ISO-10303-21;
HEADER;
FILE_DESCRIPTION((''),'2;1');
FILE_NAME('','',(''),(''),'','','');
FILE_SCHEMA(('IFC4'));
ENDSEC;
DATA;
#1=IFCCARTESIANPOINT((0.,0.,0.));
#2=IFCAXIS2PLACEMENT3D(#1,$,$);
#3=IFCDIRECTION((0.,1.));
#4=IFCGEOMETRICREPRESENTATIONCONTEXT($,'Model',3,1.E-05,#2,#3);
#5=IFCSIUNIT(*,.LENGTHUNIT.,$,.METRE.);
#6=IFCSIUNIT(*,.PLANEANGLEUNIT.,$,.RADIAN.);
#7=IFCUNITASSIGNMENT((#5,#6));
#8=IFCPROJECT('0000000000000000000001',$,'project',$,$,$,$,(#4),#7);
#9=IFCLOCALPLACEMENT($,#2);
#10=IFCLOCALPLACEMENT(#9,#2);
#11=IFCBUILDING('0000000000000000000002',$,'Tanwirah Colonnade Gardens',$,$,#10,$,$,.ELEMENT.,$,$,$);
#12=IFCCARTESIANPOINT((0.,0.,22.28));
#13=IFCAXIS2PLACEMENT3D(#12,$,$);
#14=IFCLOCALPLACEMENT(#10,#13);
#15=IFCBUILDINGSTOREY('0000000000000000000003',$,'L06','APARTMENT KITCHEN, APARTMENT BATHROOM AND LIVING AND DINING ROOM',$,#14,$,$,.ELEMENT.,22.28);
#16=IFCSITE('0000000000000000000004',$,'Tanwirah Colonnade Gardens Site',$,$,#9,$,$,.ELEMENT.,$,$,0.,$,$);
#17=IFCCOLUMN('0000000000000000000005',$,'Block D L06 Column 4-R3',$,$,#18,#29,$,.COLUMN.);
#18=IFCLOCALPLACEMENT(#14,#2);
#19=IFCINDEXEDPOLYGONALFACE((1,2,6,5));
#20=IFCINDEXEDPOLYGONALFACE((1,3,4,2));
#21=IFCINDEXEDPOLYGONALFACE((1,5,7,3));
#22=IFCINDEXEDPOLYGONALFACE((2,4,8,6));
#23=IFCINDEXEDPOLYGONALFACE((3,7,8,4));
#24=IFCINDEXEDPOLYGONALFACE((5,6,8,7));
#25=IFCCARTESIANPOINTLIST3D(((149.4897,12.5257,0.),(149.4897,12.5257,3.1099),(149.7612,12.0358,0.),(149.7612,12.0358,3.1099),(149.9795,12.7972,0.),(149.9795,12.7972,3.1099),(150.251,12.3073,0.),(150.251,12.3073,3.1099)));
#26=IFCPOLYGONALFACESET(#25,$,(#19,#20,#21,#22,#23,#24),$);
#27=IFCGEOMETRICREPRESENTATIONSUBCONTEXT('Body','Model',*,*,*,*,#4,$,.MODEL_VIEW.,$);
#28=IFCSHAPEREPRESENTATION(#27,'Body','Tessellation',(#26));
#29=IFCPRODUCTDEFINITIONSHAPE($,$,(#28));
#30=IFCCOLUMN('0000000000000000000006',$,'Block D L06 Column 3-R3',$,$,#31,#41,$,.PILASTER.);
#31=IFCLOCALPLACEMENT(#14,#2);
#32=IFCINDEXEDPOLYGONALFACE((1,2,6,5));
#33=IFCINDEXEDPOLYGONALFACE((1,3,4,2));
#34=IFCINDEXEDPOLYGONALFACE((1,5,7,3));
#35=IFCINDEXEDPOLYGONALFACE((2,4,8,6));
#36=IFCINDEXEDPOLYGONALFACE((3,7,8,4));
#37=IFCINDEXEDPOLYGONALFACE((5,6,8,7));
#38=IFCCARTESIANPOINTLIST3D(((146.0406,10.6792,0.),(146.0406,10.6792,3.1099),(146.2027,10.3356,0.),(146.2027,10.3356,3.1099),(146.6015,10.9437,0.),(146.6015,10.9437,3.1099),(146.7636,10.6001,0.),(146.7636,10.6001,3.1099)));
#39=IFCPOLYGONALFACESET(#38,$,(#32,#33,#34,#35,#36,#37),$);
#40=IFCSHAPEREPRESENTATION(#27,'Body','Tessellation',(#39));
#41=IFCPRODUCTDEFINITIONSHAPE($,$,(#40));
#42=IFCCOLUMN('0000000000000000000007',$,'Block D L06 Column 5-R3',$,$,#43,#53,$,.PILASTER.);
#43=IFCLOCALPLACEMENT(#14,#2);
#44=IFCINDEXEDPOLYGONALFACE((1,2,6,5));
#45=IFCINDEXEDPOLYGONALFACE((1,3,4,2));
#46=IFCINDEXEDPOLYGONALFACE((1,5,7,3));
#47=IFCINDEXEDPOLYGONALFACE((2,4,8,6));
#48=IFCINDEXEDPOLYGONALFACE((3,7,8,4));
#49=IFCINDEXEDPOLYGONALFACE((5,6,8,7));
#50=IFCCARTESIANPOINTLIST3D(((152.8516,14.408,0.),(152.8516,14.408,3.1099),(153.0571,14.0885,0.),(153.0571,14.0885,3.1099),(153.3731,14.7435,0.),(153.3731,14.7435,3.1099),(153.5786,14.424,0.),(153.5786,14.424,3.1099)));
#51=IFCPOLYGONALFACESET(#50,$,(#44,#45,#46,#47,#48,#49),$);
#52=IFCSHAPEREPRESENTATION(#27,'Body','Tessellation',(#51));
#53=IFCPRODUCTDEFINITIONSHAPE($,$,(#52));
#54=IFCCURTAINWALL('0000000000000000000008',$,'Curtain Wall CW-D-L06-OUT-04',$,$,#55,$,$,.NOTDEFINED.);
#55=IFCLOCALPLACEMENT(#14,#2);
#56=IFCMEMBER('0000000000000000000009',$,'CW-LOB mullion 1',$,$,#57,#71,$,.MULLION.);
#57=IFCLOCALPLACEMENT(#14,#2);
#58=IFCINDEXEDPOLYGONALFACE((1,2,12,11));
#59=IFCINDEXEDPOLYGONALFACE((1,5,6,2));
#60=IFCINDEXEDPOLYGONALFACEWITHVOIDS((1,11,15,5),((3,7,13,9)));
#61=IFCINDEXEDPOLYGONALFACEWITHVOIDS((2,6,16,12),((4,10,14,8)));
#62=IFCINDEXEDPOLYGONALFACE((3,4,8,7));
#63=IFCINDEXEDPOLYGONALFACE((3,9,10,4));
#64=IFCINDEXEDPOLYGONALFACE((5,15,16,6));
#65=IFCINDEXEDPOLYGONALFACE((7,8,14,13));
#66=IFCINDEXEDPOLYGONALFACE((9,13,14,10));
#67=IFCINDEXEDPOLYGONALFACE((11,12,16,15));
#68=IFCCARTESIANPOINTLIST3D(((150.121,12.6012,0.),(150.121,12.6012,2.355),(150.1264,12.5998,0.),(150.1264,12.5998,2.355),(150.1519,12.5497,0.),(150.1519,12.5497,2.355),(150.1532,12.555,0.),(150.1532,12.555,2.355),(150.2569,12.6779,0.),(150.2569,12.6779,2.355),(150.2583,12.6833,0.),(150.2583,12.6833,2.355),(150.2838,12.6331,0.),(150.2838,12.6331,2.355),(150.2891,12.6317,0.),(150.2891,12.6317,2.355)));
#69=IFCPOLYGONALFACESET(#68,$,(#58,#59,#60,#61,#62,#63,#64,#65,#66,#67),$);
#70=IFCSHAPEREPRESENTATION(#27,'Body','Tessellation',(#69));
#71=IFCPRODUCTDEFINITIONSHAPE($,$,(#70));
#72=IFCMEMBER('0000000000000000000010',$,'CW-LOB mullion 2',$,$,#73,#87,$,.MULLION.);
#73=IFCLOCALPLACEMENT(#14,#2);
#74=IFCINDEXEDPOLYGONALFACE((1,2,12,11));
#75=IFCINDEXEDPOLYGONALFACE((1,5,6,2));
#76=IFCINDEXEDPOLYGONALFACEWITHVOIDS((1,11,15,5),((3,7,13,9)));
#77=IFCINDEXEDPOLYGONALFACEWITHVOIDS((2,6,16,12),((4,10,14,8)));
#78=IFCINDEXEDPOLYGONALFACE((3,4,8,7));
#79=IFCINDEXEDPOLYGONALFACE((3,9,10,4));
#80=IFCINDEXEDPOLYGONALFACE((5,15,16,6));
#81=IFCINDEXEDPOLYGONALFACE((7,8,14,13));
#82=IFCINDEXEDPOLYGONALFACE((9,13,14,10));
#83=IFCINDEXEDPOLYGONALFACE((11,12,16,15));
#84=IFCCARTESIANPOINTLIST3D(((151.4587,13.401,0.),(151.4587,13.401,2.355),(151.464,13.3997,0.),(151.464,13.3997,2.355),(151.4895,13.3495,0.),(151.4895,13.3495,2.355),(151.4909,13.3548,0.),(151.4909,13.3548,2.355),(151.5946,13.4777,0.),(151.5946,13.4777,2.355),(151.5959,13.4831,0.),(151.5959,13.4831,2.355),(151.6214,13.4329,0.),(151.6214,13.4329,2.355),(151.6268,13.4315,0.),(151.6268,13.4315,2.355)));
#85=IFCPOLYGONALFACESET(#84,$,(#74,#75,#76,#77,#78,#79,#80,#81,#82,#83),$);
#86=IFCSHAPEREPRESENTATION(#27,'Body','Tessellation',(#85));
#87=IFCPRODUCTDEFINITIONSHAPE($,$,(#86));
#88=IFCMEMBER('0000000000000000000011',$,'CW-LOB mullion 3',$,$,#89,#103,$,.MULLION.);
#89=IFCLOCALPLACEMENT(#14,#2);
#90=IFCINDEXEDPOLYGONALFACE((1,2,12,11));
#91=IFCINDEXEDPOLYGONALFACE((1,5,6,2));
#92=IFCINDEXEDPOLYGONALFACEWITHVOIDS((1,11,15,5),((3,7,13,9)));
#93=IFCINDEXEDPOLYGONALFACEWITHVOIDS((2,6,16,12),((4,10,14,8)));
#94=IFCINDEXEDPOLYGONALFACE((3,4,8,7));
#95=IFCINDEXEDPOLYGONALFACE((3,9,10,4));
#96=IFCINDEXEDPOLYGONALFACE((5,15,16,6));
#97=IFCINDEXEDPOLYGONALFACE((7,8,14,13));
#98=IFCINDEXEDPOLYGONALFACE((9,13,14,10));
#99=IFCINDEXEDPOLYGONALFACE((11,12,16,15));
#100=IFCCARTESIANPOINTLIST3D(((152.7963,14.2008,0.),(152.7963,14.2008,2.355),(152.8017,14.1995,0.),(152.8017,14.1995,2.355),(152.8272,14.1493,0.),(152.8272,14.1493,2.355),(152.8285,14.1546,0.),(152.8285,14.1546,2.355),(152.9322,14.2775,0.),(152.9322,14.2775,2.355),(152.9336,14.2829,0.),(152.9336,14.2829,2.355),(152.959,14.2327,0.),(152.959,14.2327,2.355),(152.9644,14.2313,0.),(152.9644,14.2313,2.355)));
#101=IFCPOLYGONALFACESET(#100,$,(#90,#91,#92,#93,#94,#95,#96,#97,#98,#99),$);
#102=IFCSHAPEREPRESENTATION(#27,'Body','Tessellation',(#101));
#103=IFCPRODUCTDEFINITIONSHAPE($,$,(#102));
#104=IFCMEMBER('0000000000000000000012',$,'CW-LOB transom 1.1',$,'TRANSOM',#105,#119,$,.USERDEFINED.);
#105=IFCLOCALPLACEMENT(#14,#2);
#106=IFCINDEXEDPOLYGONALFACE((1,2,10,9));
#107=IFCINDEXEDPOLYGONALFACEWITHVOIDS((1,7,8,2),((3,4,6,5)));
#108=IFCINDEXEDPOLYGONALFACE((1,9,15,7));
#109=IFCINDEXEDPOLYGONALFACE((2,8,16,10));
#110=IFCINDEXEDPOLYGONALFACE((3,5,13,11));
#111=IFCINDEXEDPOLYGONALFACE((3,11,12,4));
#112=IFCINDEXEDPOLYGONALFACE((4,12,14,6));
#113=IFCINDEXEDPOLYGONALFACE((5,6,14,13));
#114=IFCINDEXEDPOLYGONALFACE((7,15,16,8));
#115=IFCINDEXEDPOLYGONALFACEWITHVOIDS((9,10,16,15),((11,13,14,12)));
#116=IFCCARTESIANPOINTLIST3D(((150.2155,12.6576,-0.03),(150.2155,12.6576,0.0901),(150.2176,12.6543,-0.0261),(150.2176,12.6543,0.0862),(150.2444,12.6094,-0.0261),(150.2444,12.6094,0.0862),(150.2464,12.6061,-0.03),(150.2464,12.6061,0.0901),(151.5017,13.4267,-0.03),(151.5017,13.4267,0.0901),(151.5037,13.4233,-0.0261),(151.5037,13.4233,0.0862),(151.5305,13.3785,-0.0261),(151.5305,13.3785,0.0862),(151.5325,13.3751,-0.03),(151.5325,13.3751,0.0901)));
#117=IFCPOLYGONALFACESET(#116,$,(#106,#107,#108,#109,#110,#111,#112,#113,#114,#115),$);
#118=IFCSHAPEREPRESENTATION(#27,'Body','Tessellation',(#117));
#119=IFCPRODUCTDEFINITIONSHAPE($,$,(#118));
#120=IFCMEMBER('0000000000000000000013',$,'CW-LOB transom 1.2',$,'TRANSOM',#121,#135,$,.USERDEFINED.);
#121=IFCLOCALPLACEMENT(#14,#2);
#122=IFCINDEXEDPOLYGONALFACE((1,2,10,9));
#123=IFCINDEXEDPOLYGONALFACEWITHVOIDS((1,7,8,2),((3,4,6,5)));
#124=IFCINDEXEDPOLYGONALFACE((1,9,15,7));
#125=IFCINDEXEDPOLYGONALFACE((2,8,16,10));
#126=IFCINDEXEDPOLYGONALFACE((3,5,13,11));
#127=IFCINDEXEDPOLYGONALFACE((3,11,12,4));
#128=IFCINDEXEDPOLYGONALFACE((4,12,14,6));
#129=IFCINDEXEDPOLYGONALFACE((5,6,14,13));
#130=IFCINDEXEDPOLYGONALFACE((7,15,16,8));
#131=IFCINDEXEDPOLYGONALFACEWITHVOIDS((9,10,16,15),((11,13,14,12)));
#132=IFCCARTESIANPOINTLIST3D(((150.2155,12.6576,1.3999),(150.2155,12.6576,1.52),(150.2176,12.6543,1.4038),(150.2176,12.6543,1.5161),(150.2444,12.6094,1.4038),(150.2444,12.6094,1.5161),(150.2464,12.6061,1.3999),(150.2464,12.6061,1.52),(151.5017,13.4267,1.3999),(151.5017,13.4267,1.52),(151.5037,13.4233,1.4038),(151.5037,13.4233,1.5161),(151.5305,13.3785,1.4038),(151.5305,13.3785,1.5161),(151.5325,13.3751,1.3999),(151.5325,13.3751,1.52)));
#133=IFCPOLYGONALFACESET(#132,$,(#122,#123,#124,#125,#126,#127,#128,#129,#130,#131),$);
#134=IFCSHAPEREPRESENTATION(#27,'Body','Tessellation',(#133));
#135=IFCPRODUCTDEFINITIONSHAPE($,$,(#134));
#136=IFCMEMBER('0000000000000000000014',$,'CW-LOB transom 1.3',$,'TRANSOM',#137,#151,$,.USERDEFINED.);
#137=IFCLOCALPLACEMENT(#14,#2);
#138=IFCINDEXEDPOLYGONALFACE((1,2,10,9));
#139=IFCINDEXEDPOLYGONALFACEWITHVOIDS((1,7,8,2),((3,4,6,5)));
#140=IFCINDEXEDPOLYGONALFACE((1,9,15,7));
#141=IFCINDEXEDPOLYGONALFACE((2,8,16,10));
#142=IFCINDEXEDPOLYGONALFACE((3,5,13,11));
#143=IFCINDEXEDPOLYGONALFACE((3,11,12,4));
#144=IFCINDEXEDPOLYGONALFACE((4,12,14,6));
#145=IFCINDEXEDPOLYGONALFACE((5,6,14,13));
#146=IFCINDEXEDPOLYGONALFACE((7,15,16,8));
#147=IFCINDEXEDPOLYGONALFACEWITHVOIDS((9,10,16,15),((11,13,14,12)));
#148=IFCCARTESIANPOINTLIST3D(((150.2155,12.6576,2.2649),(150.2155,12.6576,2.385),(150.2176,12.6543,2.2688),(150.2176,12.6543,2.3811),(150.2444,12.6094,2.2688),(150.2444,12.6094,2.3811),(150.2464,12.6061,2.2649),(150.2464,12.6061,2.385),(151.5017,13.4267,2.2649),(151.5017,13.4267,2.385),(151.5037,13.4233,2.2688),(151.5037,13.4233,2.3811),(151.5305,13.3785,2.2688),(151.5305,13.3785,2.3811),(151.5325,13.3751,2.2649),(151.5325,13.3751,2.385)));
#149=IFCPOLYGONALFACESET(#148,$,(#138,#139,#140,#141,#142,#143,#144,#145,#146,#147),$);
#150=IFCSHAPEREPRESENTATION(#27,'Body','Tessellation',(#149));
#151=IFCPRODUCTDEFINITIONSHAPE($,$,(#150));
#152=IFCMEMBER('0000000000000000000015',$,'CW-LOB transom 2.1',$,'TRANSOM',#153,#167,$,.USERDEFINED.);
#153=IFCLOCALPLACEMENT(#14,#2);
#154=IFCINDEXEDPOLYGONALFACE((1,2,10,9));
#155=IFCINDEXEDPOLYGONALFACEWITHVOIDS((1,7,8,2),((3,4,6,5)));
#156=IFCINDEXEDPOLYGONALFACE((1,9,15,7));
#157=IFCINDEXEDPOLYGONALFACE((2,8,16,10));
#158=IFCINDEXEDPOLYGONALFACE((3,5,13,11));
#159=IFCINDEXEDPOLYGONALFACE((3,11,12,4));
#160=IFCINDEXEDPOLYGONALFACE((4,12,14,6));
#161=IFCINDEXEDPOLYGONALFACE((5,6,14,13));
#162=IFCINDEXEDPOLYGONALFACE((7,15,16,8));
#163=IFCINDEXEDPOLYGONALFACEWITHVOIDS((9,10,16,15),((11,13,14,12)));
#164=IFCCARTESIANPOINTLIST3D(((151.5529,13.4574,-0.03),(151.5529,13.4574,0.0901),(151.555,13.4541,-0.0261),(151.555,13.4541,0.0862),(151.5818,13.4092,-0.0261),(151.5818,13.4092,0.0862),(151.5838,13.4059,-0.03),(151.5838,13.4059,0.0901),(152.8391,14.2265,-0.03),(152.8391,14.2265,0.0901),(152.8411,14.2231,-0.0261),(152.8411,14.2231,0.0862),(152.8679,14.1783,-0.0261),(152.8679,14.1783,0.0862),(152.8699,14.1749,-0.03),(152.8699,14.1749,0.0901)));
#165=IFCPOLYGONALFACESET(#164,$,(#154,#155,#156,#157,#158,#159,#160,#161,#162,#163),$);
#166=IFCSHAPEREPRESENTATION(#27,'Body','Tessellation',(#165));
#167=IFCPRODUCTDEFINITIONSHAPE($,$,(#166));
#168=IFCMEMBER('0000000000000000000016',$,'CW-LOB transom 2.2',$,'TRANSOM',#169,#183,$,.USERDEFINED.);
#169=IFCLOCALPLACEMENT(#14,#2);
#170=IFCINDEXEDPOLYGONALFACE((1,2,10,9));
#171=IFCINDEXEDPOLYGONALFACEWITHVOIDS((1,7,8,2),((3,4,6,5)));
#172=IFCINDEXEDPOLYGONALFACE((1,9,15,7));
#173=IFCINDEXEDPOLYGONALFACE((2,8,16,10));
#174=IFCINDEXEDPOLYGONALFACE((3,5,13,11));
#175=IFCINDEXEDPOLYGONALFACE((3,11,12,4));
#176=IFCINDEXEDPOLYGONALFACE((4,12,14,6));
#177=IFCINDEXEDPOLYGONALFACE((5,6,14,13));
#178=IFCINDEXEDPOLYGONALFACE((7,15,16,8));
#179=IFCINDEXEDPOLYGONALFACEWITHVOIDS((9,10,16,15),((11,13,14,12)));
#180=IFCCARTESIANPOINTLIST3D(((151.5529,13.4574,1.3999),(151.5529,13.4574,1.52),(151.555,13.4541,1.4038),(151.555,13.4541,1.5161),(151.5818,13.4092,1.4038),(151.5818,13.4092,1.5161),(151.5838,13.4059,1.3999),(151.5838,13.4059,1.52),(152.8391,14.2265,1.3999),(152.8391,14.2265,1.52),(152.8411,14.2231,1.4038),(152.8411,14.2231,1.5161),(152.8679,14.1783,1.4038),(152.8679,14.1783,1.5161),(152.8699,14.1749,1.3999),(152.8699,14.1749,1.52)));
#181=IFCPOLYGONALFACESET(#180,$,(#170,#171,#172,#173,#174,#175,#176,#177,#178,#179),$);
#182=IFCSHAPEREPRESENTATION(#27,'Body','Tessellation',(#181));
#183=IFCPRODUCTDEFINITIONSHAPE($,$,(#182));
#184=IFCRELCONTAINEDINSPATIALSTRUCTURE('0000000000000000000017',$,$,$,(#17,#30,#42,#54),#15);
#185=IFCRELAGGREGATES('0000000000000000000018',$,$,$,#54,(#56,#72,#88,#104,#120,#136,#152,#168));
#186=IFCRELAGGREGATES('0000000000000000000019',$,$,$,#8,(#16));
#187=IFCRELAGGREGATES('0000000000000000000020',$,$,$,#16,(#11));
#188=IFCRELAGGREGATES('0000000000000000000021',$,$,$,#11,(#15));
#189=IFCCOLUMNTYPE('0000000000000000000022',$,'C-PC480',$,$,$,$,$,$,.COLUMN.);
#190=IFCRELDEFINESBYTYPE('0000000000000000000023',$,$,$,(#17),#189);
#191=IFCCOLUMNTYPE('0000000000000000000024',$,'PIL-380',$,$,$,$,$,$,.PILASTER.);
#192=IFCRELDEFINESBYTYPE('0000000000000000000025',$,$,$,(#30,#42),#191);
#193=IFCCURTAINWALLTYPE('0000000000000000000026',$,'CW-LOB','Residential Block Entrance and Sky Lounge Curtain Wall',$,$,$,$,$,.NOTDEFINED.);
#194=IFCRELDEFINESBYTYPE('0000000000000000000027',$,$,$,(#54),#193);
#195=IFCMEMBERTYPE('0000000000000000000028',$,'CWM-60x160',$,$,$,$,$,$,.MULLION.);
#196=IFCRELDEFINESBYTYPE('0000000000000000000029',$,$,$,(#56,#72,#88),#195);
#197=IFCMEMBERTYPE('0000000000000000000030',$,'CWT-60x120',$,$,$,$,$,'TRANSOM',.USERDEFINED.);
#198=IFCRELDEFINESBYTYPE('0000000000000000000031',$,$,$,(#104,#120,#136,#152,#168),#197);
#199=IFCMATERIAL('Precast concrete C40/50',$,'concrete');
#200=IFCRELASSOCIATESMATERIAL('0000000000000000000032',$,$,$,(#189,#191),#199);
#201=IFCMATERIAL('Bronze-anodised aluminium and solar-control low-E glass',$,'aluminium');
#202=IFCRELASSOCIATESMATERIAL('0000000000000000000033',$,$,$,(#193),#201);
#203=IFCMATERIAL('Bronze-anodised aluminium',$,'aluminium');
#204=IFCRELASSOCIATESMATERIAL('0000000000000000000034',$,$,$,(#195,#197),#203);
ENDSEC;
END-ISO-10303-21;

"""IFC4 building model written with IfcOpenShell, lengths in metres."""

from ifc_helpers import new_model, si_unit, direction, frame, origin, origin_2d, place, context, subcontext, project, spatial, rectangle, hollow_rectangle, extrude, material, material_profile, profile_set, type_object, element, aggregate, save


model = new_model("IFC4")

# Units and contexts
model_context = context("Model", 3, precision=1e-05, world=origin(), true_north=direction((0.0, 1.0)))
body_context = subcontext(model_context, "Body", "Model", "MODEL_VIEW")
ifc_project = project(units=[si_unit("LENGTHUNIT", "METRE"), si_unit("PLANEANGLEUNIT", "RADIAN")], contexts=[model_context])

# Site, building, storey
site_placement = place(None, origin())
site = spatial("IfcSite", under=ifc_project, at=site_placement, Name="Tanwirah Colonnade Gardens Site", CompositionType="ELEMENT", RefElevation=0.0)
building_placement = place(site_placement, origin())
building = spatial("IfcBuilding", under=site, at=building_placement, Name="Tanwirah Colonnade Gardens", CompositionType="ELEMENT")
storey_placement = place(building_placement, frame((0.0, 0.0, 22.28)))
storey = spatial("IfcBuildingStorey", under=building, at=storey_placement, Name="L06", Description="APARTMENT KITCHEN, APARTMENT BATHROOM AND LIVING AND DINING ROOM", CompositionType="ELEMENT", Elevation=22.28)

# Columns
ifc_material_1 = material(Name="Precast concrete C40/50", Category="concrete")
ifc_material_profile_1 = material_profile(ifc_material_1, rectangle(XDim=0.5601, YDim=0.5601, at=origin_2d()), Name="PC-COL 560x560")
ifc_profile_set_1 = profile_set([ifc_material_profile_1], Name="Precast concrete C40/50")
column_type_1 = type_object("IfcColumnType", Name="C-PC480", PredefinedType="COLUMN", material=ifc_profile_set_1)
column_placement = place(storey_placement, frame((149.8704, 12.4165, 0.0), z_axis=(0.0, 0.0, 1.0), x_axis=(0.48481, -0.87462, 0.0)))
element("IfcColumn", 1, at=column_placement, inside=storey, type_object=column_type_1, Name="Block D L06 Column 4-R3", PredefinedType="COLUMN", context=body_context, shape_type="SweptSolid", body=[
    extrude(rectangle(XDim=0.5601, YDim=0.5601, at=origin_2d()), origin(), (0.0, 0.0, 1.0), 3.1099),
])
ifc_material_profile_2 = material_profile(ifc_material_1, rectangle(XDim=0.3799, YDim=0.6201, at=origin_2d()), Name="PC-PIL 380x620")
ifc_profile_set_2 = profile_set([ifc_material_profile_2], Name="Precast concrete C40/50")
column_type_2 = type_object("IfcColumnType", Name="PIL-380", PredefinedType="PILASTER", material=ifc_profile_set_2)
for number, where, z_axis, x_axis, name in (
    (2, (146.4021, 10.6396, 0.0), (0.0, 0.0, 1.0), (0.426569, -0.904455, 0.0), "Block D L06 Column 3-R3"),
    (3, (153.2151, 14.416, 0.0), (0.0, 0.0, 1.0), (0.540974, -0.841039, 0.0), "Block D L06 Column 5-R3"),
):
    element("IfcColumn", number, at=place(storey_placement, frame(where, z_axis=z_axis, x_axis=x_axis)), inside=storey, type_object=column_type_2, Name=name, PredefinedType="PILASTER", context=body_context, shape_type="SweptSolid", body=[
        extrude(rectangle(XDim=0.3799, YDim=0.6201, at=origin_2d()), origin(), (0.0, 0.0, 1.0), 3.1099),
    ])

# Curtain wall, members
ifc_material_2 = material(Name="Bronze-anodised aluminium and solar-control low-E glass", Category="aluminium")
curtain_wall_type = type_object("IfcCurtainWallType", Name="CW-LOB", Description="Residential Block Entrance and Sky Lounge Curtain Wall", PredefinedType="NOTDEFINED", material=ifc_material_2)
curtain_wall_placement = place(storey_placement, origin())
curtain_wall = element("IfcCurtainWall", 4, at=curtain_wall_placement, inside=storey, type_object=curtain_wall_type, Name="Curtain Wall CW-D-L06-OUT-04", PredefinedType="NOTDEFINED")
ifc_material_3 = material(Name="Bronze-anodised aluminium", Category="aluminium")
ifc_material_profile_3 = material_profile(ifc_material_3, hollow_rectangle(XDim=0.0601, YDim=0.1599, WallThickness=0.0039, at=origin_2d()), Name="CW-MUL 60x160x4")
ifc_profile_set_3 = profile_set([ifc_material_profile_3], Name="Bronze-anodised aluminium")
member_type_1 = type_object("IfcMemberType", Name="CWM-60x160", PredefinedType="MULLION", material=ifc_profile_set_3)
member_1_placement = place(storey_placement, frame((150.2051, 12.6165, 0.0), z_axis=(0.0, 0.0, 1.0), x_axis=(-0.513167, 0.858289, 0.0)))
member_1 = element("IfcMember", 5, at=member_1_placement, type_object=member_type_1, Name="CW-LOB mullion 1", PredefinedType="MULLION", context=body_context, shape_type="SweptSolid", body=[
    extrude(hollow_rectangle(XDim=0.0601, YDim=0.1599, WallThickness=0.0039, at=origin_2d()), origin(), (0.0, 0.0, 1.0), 2.355),
])
member_2_placement = place(storey_placement, frame((151.5427, 13.4163, 0.0), z_axis=(0.0, 0.0, 1.0), x_axis=(-0.513167, 0.858289, 0.0)))
member_2 = element("IfcMember", 6, at=member_2_placement, type_object=member_type_1, Name="CW-LOB mullion 2", PredefinedType="MULLION", context=body_context, shape_type="SweptSolid", body=[
    extrude(hollow_rectangle(XDim=0.0601, YDim=0.1599, WallThickness=0.0039, at=origin_2d()), origin(), (0.0, 0.0, 1.0), 2.355),
])
member_3_placement = place(storey_placement, frame((152.8804, 14.2161, 0.0), z_axis=(0.0, 0.0, 1.0), x_axis=(-0.513167, 0.858289, 0.0)))
member_3 = element("IfcMember", 7, at=member_3_placement, type_object=member_type_1, Name="CW-LOB mullion 3", PredefinedType="MULLION", context=body_context, shape_type="SweptSolid", body=[
    extrude(hollow_rectangle(XDim=0.0601, YDim=0.1599, WallThickness=0.0039, at=origin_2d()), origin(), (0.0, 0.0, 1.0), 2.355),
])
ifc_material_profile_4 = material_profile(ifc_material_3, hollow_rectangle(XDim=0.0601, YDim=0.1201, WallThickness=0.0039, at=origin_2d()), Name="CW-TRN 60x120x4")
ifc_profile_set_4 = profile_set([ifc_material_profile_4], Name="Bronze-anodised aluminium")
member_type_2 = type_object("IfcMemberType", Name="CWT-60x120", ElementType="TRANSOM", PredefinedType="USERDEFINED", material=ifc_profile_set_4)
member_4_placement = place(storey_placement, frame((150.231, 12.6318, 0.03), z_axis=(0.858268, 0.513201, 0.0), x_axis=(-0.513201, 0.858268, 0.0)))
member_4 = element("IfcMember", 8, at=member_4_placement, type_object=member_type_2, Name="CW-LOB transom 1.1", ObjectType="TRANSOM", PredefinedType="USERDEFINED", context=body_context, shape_type="SweptSolid", body=[
    extrude(hollow_rectangle(XDim=0.0601, YDim=0.1201, WallThickness=0.0039, at=origin_2d()), origin(), (0.0, 0.0, 1.0), 1.4985),
])
member_5_placement = place(storey_placement, frame((150.231, 12.6318, 1.46), z_axis=(0.858268, 0.513201, 0.0), x_axis=(-0.513201, 0.858268, 0.0)))
member_5 = element("IfcMember", 9, at=member_5_placement, type_object=member_type_2, Name="CW-LOB transom 1.2", ObjectType="TRANSOM", PredefinedType="USERDEFINED", context=body_context, shape_type="SweptSolid", body=[
    extrude(hollow_rectangle(XDim=0.0601, YDim=0.1201, WallThickness=0.0039, at=origin_2d()), origin(), (0.0, 0.0, 1.0), 1.4985),
])
member_6_placement = place(storey_placement, frame((150.231, 12.6318, 2.325), z_axis=(0.858268, 0.513201, 0.0), x_axis=(-0.513201, 0.858268, 0.0)))
member_6 = element("IfcMember", 10, at=member_6_placement, type_object=member_type_2, Name="CW-LOB transom 1.3", ObjectType="TRANSOM", PredefinedType="USERDEFINED", context=body_context, shape_type="SweptSolid", body=[
    extrude(hollow_rectangle(XDim=0.0601, YDim=0.1201, WallThickness=0.0039, at=origin_2d()), origin(), (0.0, 0.0, 1.0), 1.4985),
])
member_7_placement = place(storey_placement, frame((151.5684, 13.4316, 0.03), z_axis=(0.858268, 0.513201, 0.0), x_axis=(-0.513201, 0.858268, 0.0)))
member_7 = element("IfcMember", 11, at=member_7_placement, type_object=member_type_2, Name="CW-LOB transom 2.1", ObjectType="TRANSOM", PredefinedType="USERDEFINED", context=body_context, shape_type="SweptSolid", body=[
    extrude(hollow_rectangle(XDim=0.0601, YDim=0.1201, WallThickness=0.0039, at=origin_2d()), origin(), (0.0, 0.0, 1.0), 1.4985),
])
member_8_placement = place(storey_placement, frame((151.5684, 13.4316, 1.46), z_axis=(0.858268, 0.513201, 0.0), x_axis=(-0.513201, 0.858268, 0.0)))
member_8 = element("IfcMember", 12, at=member_8_placement, type_object=member_type_2, Name="CW-LOB transom 2.2", ObjectType="TRANSOM", PredefinedType="USERDEFINED", context=body_context, shape_type="SweptSolid", body=[
    extrude(hollow_rectangle(XDim=0.0601, YDim=0.1201, WallThickness=0.0039, at=origin_2d()), origin(), (0.0, 0.0, 1.0), 1.4985),
])

aggregate(curtain_wall, [member_1, member_2, member_3, member_4, member_5, member_6, member_7, member_8])

save(model, "model.ifc")
